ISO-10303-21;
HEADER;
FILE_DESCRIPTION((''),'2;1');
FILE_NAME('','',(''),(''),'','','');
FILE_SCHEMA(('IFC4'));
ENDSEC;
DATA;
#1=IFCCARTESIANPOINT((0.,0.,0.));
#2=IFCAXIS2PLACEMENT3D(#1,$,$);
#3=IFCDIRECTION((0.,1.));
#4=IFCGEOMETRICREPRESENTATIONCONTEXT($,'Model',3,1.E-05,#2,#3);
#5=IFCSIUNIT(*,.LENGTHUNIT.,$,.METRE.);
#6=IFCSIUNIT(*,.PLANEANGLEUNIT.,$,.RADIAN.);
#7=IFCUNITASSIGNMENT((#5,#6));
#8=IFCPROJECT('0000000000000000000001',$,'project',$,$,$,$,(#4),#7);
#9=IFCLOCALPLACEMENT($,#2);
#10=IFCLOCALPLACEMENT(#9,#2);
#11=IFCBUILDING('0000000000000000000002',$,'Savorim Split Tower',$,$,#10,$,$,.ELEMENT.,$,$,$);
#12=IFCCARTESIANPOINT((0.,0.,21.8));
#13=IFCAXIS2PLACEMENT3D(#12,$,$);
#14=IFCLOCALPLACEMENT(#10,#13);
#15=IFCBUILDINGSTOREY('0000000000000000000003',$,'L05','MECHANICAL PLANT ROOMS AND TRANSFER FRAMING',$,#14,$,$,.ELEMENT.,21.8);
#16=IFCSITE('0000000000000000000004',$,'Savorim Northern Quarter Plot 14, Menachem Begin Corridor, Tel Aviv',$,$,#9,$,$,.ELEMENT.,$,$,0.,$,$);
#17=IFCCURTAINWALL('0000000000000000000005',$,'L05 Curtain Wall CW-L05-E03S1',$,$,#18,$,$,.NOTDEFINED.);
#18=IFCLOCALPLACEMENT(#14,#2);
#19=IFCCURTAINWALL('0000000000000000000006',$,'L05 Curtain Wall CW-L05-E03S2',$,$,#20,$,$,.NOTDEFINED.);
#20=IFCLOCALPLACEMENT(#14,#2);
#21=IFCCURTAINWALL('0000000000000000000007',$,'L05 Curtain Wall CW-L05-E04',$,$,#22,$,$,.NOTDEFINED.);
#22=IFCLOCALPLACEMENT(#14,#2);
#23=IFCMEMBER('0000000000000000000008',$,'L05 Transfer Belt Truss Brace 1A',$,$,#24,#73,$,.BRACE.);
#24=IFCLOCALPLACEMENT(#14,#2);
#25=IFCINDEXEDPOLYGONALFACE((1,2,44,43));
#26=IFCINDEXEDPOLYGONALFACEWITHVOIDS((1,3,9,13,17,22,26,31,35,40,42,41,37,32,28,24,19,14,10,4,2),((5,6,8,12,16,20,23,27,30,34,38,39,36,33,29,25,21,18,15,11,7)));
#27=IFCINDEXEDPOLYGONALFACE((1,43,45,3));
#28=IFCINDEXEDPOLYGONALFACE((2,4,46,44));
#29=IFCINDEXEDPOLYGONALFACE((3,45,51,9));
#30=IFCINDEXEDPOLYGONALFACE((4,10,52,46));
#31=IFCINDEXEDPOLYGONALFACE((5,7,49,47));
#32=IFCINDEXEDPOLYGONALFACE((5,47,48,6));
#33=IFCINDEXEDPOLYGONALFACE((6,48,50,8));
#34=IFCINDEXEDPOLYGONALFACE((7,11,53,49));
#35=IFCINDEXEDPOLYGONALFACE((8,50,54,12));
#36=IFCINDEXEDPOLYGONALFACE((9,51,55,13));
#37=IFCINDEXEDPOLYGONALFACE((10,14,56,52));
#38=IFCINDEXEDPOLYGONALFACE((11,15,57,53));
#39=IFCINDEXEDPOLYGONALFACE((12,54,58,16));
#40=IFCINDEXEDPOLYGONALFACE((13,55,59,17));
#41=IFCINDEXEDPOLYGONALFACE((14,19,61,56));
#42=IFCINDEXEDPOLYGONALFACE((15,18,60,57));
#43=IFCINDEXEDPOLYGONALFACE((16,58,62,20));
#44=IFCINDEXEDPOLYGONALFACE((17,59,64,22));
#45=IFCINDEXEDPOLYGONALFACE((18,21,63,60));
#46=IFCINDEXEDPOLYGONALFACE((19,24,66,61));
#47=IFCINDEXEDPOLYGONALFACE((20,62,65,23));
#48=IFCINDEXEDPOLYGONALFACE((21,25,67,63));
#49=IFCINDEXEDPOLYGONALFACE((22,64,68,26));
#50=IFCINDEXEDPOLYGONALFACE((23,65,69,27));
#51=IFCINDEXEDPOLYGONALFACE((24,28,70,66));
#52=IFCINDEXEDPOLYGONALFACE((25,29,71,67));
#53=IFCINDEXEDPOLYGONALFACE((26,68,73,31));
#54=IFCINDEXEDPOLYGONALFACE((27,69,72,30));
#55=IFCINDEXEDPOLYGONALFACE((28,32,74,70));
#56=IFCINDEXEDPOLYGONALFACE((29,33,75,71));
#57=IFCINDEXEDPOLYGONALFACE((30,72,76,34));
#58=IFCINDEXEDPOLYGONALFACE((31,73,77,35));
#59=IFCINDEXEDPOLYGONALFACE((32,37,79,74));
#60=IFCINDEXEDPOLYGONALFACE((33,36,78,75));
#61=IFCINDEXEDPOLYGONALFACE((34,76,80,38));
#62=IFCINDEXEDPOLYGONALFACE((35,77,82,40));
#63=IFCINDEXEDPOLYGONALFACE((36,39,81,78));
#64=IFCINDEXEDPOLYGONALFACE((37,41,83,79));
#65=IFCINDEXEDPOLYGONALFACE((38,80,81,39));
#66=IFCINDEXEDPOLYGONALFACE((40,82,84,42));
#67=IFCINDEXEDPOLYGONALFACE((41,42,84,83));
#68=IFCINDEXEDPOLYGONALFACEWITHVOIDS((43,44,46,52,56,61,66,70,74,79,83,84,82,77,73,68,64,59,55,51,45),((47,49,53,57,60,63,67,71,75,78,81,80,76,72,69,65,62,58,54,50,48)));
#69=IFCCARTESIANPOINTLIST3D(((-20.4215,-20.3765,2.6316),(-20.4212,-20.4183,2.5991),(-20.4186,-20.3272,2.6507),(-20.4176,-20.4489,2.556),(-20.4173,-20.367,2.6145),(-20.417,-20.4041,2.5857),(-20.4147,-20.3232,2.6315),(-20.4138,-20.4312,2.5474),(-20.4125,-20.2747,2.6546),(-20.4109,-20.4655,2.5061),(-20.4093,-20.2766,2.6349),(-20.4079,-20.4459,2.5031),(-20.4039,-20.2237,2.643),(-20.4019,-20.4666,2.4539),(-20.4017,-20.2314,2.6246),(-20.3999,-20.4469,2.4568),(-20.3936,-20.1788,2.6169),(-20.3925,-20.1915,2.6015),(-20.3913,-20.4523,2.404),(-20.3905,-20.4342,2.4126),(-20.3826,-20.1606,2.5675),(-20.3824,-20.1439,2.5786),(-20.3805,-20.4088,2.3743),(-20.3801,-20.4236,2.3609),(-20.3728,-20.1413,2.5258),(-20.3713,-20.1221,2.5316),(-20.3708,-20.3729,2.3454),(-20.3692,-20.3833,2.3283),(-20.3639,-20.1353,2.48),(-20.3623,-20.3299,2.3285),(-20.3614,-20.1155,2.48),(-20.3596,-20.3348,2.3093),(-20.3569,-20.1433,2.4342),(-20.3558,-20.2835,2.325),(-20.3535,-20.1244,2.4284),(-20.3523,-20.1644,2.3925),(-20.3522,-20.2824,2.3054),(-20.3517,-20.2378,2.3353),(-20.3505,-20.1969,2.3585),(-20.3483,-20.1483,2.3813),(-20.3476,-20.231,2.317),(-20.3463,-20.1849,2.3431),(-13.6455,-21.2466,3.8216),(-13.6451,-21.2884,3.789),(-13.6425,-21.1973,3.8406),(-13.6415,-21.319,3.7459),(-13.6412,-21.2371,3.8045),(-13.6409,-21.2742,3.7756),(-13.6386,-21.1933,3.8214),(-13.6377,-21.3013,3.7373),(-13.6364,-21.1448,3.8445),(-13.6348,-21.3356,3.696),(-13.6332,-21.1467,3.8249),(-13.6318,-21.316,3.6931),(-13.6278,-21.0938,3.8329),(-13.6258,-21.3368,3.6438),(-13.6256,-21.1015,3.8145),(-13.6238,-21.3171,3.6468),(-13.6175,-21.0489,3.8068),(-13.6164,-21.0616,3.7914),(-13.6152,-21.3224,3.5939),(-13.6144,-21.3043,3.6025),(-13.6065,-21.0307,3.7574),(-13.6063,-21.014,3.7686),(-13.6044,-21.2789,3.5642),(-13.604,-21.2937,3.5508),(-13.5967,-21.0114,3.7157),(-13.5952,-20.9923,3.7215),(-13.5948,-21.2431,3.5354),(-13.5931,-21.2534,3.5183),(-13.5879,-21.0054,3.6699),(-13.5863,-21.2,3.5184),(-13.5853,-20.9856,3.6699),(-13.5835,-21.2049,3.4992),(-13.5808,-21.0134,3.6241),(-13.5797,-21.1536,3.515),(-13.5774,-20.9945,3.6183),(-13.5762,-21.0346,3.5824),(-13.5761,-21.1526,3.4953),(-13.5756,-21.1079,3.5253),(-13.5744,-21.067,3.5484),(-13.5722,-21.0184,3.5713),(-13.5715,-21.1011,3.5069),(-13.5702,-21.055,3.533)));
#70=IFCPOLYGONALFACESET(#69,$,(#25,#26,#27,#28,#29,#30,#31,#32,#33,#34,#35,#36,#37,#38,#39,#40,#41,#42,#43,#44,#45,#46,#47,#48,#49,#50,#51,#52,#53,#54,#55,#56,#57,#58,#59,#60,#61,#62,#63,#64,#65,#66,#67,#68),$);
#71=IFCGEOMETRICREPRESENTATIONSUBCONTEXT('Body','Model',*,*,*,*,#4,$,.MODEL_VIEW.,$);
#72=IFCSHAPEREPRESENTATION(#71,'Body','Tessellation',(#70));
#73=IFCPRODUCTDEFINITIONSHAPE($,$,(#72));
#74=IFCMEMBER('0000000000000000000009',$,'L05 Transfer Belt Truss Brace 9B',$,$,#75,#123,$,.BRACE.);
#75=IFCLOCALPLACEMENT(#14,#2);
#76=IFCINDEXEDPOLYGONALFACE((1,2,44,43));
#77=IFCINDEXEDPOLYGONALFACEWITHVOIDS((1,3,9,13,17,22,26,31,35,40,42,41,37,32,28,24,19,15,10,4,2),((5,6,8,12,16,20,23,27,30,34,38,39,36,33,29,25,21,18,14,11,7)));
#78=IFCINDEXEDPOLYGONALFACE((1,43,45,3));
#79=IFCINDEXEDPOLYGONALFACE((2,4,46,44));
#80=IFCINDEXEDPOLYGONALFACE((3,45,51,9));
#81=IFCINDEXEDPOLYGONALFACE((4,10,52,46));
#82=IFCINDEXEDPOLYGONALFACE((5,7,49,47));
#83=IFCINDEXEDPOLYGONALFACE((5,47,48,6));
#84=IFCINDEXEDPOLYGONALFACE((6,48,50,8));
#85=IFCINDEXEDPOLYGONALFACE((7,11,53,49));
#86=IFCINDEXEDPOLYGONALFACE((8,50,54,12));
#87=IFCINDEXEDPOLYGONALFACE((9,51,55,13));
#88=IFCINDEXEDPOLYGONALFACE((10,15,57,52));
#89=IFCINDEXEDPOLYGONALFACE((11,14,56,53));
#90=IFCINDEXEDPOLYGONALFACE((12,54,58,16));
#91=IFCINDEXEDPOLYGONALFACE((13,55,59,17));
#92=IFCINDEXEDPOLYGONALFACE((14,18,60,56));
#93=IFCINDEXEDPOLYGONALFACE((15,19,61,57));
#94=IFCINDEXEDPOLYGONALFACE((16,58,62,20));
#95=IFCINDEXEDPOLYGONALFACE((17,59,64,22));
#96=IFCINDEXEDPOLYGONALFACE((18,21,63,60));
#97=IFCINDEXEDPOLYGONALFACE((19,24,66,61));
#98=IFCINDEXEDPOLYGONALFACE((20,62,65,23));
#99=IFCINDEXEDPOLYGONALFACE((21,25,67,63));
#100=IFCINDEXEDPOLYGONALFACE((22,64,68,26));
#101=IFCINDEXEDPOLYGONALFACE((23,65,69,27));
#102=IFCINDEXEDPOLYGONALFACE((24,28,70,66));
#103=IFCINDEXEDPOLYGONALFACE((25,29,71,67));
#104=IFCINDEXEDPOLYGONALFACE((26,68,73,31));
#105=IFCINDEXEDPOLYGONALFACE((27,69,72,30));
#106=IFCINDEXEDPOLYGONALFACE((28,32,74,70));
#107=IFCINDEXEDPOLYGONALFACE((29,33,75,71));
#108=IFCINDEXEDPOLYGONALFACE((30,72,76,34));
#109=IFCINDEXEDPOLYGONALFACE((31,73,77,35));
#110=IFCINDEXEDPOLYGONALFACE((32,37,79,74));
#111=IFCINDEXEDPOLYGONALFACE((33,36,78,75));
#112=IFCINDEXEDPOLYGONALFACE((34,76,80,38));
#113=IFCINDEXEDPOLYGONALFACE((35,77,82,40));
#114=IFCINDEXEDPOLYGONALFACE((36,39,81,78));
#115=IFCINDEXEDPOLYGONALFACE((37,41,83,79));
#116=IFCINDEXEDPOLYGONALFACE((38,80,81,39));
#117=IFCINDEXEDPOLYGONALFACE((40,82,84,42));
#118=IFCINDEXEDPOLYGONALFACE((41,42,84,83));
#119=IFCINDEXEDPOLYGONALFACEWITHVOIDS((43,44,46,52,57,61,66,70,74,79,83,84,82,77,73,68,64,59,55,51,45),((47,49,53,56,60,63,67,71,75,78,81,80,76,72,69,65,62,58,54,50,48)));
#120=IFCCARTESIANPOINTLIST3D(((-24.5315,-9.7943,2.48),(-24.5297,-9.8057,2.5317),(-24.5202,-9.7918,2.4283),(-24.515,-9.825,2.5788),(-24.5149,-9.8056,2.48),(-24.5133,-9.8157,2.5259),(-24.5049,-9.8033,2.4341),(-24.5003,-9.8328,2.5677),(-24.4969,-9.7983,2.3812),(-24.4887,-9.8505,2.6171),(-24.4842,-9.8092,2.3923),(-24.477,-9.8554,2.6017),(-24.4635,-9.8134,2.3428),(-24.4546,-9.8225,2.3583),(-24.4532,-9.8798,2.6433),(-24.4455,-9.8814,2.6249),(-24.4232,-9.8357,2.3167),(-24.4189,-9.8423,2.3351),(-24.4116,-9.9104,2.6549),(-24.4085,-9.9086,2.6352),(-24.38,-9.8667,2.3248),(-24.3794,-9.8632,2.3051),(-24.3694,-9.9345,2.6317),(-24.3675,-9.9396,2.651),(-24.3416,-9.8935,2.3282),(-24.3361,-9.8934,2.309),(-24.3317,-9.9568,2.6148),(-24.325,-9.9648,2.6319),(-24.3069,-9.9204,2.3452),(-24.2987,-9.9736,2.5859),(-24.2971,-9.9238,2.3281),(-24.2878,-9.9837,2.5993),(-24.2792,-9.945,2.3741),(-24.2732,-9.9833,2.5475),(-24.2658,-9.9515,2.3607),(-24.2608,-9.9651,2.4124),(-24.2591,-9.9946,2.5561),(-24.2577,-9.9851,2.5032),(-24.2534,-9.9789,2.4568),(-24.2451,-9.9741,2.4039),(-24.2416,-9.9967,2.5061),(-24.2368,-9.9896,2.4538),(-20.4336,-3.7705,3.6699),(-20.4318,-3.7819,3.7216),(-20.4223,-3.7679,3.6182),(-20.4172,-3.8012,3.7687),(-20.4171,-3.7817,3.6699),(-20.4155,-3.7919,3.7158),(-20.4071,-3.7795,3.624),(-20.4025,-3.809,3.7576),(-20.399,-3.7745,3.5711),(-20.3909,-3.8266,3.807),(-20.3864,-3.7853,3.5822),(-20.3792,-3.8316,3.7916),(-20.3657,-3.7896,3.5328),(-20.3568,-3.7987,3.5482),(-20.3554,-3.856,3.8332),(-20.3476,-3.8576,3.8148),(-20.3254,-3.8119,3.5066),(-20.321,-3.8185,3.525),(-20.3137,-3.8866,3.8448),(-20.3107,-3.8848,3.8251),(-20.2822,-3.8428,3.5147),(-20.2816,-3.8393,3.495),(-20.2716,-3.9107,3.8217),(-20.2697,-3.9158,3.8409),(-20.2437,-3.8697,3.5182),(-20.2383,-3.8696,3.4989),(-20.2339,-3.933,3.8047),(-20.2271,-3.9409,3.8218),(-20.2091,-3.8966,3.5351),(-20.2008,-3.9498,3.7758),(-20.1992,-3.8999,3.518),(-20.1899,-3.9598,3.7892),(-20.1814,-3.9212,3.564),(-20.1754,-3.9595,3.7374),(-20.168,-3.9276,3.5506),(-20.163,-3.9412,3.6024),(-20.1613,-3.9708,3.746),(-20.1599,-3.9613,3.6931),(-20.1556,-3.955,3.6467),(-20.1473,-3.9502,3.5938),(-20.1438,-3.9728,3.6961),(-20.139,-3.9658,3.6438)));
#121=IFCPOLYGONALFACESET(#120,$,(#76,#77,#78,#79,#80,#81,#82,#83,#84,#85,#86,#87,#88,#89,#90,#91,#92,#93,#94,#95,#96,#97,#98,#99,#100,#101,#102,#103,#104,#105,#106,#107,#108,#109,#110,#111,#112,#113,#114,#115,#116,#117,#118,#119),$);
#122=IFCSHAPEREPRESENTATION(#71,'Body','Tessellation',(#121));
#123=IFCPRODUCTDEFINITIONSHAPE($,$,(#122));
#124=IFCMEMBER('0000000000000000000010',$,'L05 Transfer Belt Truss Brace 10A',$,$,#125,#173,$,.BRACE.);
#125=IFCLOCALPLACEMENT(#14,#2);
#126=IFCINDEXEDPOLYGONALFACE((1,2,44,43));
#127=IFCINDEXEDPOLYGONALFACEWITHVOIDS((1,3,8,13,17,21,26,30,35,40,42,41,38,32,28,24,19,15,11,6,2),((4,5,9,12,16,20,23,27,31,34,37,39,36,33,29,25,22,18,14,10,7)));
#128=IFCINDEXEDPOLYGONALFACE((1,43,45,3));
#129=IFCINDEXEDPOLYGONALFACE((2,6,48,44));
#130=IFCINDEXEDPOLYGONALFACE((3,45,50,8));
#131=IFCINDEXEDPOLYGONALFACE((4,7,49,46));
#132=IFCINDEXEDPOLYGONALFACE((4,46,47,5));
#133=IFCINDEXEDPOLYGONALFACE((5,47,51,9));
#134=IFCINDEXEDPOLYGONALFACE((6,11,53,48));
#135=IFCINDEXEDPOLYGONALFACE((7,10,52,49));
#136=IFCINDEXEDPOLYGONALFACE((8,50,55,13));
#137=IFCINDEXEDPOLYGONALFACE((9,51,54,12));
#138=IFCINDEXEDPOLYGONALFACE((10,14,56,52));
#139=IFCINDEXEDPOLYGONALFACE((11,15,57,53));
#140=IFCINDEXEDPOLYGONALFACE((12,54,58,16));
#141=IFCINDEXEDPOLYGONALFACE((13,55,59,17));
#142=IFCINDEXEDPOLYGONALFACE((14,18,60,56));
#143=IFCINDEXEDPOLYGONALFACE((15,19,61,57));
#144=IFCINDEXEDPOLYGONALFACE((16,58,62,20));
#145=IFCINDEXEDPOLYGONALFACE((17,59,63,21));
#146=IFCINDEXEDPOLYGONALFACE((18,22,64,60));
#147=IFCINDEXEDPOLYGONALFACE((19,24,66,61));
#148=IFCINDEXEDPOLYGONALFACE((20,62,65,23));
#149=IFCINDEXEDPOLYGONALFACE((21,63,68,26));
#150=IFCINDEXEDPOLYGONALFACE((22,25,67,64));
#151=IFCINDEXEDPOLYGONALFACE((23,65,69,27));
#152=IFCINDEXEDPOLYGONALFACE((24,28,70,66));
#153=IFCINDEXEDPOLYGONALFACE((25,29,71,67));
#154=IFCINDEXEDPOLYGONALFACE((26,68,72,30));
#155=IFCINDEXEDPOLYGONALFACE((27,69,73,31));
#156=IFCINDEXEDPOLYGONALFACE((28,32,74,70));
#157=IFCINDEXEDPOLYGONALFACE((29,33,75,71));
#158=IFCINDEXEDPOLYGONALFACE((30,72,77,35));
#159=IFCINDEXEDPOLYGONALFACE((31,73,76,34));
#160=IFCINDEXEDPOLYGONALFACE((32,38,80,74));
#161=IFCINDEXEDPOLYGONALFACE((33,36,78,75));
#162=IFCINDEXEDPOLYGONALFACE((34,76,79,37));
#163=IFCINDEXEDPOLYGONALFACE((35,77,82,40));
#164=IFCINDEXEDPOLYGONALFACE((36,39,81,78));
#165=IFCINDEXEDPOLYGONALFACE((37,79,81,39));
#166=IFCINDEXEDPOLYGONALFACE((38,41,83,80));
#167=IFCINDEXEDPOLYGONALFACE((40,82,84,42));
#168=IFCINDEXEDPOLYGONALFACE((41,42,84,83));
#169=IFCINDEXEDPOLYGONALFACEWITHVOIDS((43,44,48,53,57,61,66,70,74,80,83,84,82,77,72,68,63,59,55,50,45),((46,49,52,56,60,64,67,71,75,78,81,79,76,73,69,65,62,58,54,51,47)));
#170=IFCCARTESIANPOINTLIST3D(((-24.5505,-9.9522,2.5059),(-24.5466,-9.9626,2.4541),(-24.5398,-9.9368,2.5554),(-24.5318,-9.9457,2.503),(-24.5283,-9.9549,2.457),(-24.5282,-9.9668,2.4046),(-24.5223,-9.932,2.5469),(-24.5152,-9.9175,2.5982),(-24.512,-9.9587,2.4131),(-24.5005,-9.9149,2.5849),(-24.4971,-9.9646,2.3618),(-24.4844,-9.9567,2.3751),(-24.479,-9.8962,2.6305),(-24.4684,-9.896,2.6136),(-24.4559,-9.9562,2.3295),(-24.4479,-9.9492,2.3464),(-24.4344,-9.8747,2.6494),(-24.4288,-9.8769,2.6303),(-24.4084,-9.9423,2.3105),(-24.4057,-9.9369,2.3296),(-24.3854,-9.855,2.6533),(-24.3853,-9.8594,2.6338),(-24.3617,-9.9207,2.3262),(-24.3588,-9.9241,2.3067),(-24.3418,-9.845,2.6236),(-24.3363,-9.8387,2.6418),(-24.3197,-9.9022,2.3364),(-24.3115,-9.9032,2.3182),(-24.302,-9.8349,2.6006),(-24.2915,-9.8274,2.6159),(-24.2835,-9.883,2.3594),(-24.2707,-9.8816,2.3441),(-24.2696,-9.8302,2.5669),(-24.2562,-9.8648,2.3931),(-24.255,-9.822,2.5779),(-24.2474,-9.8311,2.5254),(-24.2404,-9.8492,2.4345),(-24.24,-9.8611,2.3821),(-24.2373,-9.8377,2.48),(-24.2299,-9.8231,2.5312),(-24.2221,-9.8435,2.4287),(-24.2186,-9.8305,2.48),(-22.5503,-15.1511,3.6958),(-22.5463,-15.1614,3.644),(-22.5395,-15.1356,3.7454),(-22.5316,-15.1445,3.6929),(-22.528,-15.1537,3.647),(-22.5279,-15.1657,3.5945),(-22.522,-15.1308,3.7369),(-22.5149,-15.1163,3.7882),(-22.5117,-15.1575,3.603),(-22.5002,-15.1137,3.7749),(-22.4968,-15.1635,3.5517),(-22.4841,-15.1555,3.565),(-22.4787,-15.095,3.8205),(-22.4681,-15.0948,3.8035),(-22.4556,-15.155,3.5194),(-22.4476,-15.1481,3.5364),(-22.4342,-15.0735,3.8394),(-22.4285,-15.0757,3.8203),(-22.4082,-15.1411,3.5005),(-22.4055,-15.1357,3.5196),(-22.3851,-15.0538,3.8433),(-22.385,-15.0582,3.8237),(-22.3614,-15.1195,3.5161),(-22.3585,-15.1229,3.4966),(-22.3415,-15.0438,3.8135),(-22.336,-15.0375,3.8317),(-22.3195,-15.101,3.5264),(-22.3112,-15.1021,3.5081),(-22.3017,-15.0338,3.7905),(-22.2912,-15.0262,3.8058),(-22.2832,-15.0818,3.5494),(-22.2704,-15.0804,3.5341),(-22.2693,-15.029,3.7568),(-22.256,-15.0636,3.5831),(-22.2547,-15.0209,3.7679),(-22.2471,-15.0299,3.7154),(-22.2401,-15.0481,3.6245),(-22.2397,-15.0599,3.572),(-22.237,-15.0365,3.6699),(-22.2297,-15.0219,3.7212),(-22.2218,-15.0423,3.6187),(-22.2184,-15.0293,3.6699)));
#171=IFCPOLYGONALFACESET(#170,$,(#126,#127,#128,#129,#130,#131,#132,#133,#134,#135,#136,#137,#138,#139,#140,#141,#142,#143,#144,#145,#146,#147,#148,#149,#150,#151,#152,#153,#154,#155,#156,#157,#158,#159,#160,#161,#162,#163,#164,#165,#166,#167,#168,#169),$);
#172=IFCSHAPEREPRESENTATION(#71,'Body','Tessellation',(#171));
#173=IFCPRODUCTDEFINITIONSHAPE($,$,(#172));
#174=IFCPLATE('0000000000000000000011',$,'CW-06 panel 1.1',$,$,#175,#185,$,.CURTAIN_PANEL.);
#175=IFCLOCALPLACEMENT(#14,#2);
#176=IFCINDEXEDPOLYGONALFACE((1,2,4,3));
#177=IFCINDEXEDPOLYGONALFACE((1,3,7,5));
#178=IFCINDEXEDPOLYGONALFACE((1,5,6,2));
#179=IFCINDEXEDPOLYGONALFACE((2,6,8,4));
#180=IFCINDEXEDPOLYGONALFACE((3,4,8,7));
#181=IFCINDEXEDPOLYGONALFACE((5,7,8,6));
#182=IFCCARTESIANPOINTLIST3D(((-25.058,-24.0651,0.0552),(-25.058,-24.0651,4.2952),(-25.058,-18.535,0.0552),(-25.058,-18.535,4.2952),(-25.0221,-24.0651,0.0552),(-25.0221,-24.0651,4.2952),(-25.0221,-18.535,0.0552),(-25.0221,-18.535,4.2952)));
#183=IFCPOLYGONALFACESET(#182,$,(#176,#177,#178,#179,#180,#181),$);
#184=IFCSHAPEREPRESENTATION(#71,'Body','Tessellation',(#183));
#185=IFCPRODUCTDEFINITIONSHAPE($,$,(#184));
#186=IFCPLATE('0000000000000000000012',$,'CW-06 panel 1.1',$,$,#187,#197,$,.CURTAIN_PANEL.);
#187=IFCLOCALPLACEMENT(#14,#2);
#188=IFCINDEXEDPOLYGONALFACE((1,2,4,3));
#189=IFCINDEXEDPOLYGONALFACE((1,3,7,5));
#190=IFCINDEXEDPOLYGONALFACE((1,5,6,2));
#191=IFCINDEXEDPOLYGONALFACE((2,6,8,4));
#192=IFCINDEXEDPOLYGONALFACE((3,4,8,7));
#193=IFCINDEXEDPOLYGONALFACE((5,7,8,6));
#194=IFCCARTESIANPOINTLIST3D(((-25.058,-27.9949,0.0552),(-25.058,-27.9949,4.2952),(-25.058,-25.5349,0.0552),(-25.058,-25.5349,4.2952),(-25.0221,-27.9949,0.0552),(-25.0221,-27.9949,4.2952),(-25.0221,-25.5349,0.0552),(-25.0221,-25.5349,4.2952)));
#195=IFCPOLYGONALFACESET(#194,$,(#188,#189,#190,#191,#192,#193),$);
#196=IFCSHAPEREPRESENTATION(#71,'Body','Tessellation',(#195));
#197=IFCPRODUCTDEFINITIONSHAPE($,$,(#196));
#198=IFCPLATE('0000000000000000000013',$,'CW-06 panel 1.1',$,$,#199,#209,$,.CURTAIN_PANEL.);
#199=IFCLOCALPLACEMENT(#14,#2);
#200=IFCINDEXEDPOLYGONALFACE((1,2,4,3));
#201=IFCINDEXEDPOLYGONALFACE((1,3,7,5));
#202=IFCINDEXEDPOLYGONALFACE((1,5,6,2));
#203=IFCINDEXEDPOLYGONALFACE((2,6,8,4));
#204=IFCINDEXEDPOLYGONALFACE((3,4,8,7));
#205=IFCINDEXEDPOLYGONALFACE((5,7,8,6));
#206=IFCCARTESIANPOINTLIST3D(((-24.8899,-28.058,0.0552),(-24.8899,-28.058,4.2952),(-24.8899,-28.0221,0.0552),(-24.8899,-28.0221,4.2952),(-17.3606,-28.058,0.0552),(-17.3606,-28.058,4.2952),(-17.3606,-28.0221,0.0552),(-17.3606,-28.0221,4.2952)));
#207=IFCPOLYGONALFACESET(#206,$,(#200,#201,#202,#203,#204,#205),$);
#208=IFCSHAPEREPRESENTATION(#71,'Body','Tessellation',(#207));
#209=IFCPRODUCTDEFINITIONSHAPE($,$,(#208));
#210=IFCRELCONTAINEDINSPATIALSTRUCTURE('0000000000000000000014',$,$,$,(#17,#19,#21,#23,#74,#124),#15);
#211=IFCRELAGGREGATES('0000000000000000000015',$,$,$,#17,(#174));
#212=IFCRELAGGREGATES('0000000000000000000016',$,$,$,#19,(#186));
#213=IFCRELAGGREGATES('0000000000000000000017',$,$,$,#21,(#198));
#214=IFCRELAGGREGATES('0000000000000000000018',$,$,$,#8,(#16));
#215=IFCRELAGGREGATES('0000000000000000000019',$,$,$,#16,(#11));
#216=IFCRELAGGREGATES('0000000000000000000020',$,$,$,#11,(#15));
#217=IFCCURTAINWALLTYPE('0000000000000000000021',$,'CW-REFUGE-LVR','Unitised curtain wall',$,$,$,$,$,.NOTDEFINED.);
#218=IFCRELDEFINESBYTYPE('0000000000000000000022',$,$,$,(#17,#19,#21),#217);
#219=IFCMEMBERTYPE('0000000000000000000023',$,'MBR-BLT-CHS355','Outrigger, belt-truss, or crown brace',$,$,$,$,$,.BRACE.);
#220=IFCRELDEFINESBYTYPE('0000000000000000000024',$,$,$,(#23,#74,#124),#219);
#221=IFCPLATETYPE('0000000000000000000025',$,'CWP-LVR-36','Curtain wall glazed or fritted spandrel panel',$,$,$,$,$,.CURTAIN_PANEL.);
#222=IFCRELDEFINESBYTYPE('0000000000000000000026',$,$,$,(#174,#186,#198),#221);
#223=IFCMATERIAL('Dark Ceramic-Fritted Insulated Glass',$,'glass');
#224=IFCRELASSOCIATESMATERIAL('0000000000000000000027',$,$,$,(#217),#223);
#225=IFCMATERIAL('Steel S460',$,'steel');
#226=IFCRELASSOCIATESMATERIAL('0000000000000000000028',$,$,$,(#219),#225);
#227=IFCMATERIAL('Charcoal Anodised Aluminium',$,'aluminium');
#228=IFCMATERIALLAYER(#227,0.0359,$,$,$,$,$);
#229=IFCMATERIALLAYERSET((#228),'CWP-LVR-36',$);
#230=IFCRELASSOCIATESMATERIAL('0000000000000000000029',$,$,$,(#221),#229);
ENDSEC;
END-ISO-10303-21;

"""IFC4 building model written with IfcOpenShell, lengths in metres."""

from ifc_helpers import new_model, si_unit, direction, frame, origin, origin_2d, place, context, subcontext, project, spatial, rectangle, hollow_circle, extrude, material, layer, layer_set, material_profile, profile_set, type_object, element, aggregate, save


model = new_model("IFC4")

# Units and contexts
model_context = context("Model", 3, precision=1e-05, world=origin(), true_north=direction((0.0, 1.0)))
body_context = subcontext(model_context, "Body", "Model", "MODEL_VIEW")
ifc_project = project(units=[si_unit("LENGTHUNIT", "METRE"), si_unit("PLANEANGLEUNIT", "RADIAN")], contexts=[model_context])

# Site, building, storey
site_placement = place(None, origin())
site = spatial("IfcSite", under=ifc_project, at=site_placement, Name="Savorim Northern Quarter Plot 14, Menachem Begin Corridor, Tel Aviv", CompositionType="ELEMENT", RefElevation=0.0)
building_placement = place(site_placement, origin())
building = spatial("IfcBuilding", under=site, at=building_placement, Name="Savorim Split Tower", CompositionType="ELEMENT")
storey_placement = place(building_placement, frame((0.0, 0.0, 21.8)))
storey = spatial("IfcBuildingStorey", under=building, at=storey_placement, Name="L05", Description="MECHANICAL PLANT ROOMS AND TRANSFER FRAMING", CompositionType="ELEMENT", Elevation=21.8)

# Shared definitions
ifc_material_1 = material(Name="Steel S460", Category="steel")

# Curtain walls
ifc_material_2 = material(Name="Dark Ceramic-Fritted Insulated Glass", Category="glass")
curtain_wall_type = type_object("IfcCurtainWallType", Name="CW-REFUGE-LVR", Description="Unitised curtain wall", PredefinedType="NOTDEFINED", material=ifc_material_2)
curtain_wall_1_placement = place(storey_placement, origin())
curtain_wall_1 = element("IfcCurtainWall", 1, at=curtain_wall_1_placement, inside=storey, type_object=curtain_wall_type, Name="L05 Curtain Wall CW-L05-E03S1", PredefinedType="NOTDEFINED")
ifc_material_3 = material(Name="Charcoal Anodised Aluminium", Category="aluminium")
curtain_wall_2_placement = place(storey_placement, origin())
curtain_wall_2 = element("IfcCurtainWall", 2, at=curtain_wall_2_placement, inside=storey, type_object=curtain_wall_type, Name="L05 Curtain Wall CW-L05-E03S2", PredefinedType="NOTDEFINED")

# Curtain wall
curtain_wall_3_placement = place(storey_placement, origin())
curtain_wall_3 = element("IfcCurtainWall", 3, at=curtain_wall_3_placement, inside=storey, type_object=curtain_wall_type, Name="L05 Curtain Wall CW-L05-E04", PredefinedType="NOTDEFINED")

# Members
ifc_material_profile_1 = material_profile(ifc_material_1, hollow_circle(Radius=0.1777, WallThickness=0.02, at=origin_2d()), Name="CHS 355.6x20")
ifc_profile_set_1 = profile_set([ifc_material_profile_1], Name="Steel S460")
member_type_1 = type_object("IfcMemberType", Name="MBR-BLT-CHS355", Description="Outrigger, belt-truss, or crown brace", PredefinedType="BRACE", material=ifc_profile_set_1)
member_1_placement = place(storey_placement, frame((-20.384, -20.2917, 2.48), z_axis=(0.977145, -0.125474, 0.171594), x_axis=(0.127364, 0.991856, 0.0)))
element("IfcMember", 4, at=member_1_placement, inside=storey, type_object=member_type_1, Name="L05 Transfer Belt Truss Brace 1A", PredefinedType="BRACE", context=body_context, shape_type="SweptSolid", body=[
    extrude(hollow_circle(Radius=0.1777, WallThickness=0.02, at=origin_2d()), origin(), (0.0, 0.0, 1.0), 6.9346),
])
member_2_placement = place(storey_placement, frame((-24.3845, -9.8943, 2.48), z_axis=(0.555108, 0.81601, 0.161191), x_axis=(-0.826822, 0.562463, 0.0)))
element("IfcMember", 5, at=member_2_placement, inside=storey, type_object=member_type_1, Name="L05 Transfer Belt Truss Brace 9B", PredefinedType="BRACE", context=body_context, shape_type="SweptSolid", body=[
    extrude(hollow_circle(Radius=0.1777, WallThickness=0.02, at=origin_2d()), origin(), (0.0, 0.0, 1.0), 7.3821),
])
member_3_placement = place(storey_placement, frame((-24.3845, -9.8943, 2.48), z_axis=(0.35117, -0.912708, 0.20891), x_axis=(0.933302, 0.359094, 0.0)))
element("IfcMember", 6, at=member_3_placement, inside=storey, type_object=member_type_1, Name="L05 Transfer Belt Truss Brace 10A", PredefinedType="BRACE", context=body_context, shape_type="SweptSolid", body=[
    extrude(hollow_circle(Radius=0.1777, WallThickness=0.02, at=origin_2d()), origin(), (0.0, 0.0, 1.0), 5.696),
])

# Plates
ifc_layer_1 = layer(ifc_material_3, 0.0359)
ifc_layer_set_1 = layer_set([ifc_layer_1], Name="CWP-LVR-36")
plate_type_1 = type_object("IfcPlateType", Name="CWP-LVR-36", Description="Curtain wall glazed or fritted spandrel panel", PredefinedType="CURTAIN_PANEL", material=ifc_layer_set_1)
plate_1_placement = place(storey_placement, frame((-25.04, -21.3, 0.0552), z_axis=(0.0, 0.0, 1.0), x_axis=(0.0, -1.0, 0.0)))
plate_1 = element("IfcPlate", 7, at=plate_1_placement, type_object=plate_type_1, Name="CW-06 panel 1.1", PredefinedType="CURTAIN_PANEL", context=body_context, shape_type="SweptSolid", body=[
    extrude(rectangle(XDim=5.53, YDim=0.0359, at=origin_2d()), origin(), (0.0, 0.0, 1.0), 4.24),
])
aggregate(curtain_wall_1, [plate_1])
plate_2_placement = place(storey_placement, frame((-25.04, -26.7649, 0.0552), z_axis=(0.0, 0.0, 1.0), x_axis=(0.0, -1.0, 0.0)))
plate_2 = element("IfcPlate", 8, at=plate_2_placement, type_object=plate_type_1, Name="CW-06 panel 1.1", PredefinedType="CURTAIN_PANEL", context=body_context, shape_type="SweptSolid", body=[
    extrude(rectangle(XDim=2.46, YDim=0.0359, at=origin_2d()), origin(), (0.0, 0.0, 1.0), 4.24),
])
aggregate(curtain_wall_2, [plate_2])
plate_3_placement = place(storey_placement, frame((-21.1252, -28.04, 0.0552), z_axis=(0.0, 0.0, 1.0), x_axis=(1.0, 0.0, 0.0)))
plate_3 = element("IfcPlate", 9, at=plate_3_placement, type_object=plate_type_1, Name="CW-06 panel 1.1", PredefinedType="CURTAIN_PANEL", context=body_context, shape_type="SweptSolid", body=[
    extrude(rectangle(XDim=7.5293, YDim=0.0359, at=origin_2d()), origin(), (0.0, 0.0, 1.0), 4.24),
])
aggregate(curtain_wall_3, [plate_3])

save(model, "model.ifc")
